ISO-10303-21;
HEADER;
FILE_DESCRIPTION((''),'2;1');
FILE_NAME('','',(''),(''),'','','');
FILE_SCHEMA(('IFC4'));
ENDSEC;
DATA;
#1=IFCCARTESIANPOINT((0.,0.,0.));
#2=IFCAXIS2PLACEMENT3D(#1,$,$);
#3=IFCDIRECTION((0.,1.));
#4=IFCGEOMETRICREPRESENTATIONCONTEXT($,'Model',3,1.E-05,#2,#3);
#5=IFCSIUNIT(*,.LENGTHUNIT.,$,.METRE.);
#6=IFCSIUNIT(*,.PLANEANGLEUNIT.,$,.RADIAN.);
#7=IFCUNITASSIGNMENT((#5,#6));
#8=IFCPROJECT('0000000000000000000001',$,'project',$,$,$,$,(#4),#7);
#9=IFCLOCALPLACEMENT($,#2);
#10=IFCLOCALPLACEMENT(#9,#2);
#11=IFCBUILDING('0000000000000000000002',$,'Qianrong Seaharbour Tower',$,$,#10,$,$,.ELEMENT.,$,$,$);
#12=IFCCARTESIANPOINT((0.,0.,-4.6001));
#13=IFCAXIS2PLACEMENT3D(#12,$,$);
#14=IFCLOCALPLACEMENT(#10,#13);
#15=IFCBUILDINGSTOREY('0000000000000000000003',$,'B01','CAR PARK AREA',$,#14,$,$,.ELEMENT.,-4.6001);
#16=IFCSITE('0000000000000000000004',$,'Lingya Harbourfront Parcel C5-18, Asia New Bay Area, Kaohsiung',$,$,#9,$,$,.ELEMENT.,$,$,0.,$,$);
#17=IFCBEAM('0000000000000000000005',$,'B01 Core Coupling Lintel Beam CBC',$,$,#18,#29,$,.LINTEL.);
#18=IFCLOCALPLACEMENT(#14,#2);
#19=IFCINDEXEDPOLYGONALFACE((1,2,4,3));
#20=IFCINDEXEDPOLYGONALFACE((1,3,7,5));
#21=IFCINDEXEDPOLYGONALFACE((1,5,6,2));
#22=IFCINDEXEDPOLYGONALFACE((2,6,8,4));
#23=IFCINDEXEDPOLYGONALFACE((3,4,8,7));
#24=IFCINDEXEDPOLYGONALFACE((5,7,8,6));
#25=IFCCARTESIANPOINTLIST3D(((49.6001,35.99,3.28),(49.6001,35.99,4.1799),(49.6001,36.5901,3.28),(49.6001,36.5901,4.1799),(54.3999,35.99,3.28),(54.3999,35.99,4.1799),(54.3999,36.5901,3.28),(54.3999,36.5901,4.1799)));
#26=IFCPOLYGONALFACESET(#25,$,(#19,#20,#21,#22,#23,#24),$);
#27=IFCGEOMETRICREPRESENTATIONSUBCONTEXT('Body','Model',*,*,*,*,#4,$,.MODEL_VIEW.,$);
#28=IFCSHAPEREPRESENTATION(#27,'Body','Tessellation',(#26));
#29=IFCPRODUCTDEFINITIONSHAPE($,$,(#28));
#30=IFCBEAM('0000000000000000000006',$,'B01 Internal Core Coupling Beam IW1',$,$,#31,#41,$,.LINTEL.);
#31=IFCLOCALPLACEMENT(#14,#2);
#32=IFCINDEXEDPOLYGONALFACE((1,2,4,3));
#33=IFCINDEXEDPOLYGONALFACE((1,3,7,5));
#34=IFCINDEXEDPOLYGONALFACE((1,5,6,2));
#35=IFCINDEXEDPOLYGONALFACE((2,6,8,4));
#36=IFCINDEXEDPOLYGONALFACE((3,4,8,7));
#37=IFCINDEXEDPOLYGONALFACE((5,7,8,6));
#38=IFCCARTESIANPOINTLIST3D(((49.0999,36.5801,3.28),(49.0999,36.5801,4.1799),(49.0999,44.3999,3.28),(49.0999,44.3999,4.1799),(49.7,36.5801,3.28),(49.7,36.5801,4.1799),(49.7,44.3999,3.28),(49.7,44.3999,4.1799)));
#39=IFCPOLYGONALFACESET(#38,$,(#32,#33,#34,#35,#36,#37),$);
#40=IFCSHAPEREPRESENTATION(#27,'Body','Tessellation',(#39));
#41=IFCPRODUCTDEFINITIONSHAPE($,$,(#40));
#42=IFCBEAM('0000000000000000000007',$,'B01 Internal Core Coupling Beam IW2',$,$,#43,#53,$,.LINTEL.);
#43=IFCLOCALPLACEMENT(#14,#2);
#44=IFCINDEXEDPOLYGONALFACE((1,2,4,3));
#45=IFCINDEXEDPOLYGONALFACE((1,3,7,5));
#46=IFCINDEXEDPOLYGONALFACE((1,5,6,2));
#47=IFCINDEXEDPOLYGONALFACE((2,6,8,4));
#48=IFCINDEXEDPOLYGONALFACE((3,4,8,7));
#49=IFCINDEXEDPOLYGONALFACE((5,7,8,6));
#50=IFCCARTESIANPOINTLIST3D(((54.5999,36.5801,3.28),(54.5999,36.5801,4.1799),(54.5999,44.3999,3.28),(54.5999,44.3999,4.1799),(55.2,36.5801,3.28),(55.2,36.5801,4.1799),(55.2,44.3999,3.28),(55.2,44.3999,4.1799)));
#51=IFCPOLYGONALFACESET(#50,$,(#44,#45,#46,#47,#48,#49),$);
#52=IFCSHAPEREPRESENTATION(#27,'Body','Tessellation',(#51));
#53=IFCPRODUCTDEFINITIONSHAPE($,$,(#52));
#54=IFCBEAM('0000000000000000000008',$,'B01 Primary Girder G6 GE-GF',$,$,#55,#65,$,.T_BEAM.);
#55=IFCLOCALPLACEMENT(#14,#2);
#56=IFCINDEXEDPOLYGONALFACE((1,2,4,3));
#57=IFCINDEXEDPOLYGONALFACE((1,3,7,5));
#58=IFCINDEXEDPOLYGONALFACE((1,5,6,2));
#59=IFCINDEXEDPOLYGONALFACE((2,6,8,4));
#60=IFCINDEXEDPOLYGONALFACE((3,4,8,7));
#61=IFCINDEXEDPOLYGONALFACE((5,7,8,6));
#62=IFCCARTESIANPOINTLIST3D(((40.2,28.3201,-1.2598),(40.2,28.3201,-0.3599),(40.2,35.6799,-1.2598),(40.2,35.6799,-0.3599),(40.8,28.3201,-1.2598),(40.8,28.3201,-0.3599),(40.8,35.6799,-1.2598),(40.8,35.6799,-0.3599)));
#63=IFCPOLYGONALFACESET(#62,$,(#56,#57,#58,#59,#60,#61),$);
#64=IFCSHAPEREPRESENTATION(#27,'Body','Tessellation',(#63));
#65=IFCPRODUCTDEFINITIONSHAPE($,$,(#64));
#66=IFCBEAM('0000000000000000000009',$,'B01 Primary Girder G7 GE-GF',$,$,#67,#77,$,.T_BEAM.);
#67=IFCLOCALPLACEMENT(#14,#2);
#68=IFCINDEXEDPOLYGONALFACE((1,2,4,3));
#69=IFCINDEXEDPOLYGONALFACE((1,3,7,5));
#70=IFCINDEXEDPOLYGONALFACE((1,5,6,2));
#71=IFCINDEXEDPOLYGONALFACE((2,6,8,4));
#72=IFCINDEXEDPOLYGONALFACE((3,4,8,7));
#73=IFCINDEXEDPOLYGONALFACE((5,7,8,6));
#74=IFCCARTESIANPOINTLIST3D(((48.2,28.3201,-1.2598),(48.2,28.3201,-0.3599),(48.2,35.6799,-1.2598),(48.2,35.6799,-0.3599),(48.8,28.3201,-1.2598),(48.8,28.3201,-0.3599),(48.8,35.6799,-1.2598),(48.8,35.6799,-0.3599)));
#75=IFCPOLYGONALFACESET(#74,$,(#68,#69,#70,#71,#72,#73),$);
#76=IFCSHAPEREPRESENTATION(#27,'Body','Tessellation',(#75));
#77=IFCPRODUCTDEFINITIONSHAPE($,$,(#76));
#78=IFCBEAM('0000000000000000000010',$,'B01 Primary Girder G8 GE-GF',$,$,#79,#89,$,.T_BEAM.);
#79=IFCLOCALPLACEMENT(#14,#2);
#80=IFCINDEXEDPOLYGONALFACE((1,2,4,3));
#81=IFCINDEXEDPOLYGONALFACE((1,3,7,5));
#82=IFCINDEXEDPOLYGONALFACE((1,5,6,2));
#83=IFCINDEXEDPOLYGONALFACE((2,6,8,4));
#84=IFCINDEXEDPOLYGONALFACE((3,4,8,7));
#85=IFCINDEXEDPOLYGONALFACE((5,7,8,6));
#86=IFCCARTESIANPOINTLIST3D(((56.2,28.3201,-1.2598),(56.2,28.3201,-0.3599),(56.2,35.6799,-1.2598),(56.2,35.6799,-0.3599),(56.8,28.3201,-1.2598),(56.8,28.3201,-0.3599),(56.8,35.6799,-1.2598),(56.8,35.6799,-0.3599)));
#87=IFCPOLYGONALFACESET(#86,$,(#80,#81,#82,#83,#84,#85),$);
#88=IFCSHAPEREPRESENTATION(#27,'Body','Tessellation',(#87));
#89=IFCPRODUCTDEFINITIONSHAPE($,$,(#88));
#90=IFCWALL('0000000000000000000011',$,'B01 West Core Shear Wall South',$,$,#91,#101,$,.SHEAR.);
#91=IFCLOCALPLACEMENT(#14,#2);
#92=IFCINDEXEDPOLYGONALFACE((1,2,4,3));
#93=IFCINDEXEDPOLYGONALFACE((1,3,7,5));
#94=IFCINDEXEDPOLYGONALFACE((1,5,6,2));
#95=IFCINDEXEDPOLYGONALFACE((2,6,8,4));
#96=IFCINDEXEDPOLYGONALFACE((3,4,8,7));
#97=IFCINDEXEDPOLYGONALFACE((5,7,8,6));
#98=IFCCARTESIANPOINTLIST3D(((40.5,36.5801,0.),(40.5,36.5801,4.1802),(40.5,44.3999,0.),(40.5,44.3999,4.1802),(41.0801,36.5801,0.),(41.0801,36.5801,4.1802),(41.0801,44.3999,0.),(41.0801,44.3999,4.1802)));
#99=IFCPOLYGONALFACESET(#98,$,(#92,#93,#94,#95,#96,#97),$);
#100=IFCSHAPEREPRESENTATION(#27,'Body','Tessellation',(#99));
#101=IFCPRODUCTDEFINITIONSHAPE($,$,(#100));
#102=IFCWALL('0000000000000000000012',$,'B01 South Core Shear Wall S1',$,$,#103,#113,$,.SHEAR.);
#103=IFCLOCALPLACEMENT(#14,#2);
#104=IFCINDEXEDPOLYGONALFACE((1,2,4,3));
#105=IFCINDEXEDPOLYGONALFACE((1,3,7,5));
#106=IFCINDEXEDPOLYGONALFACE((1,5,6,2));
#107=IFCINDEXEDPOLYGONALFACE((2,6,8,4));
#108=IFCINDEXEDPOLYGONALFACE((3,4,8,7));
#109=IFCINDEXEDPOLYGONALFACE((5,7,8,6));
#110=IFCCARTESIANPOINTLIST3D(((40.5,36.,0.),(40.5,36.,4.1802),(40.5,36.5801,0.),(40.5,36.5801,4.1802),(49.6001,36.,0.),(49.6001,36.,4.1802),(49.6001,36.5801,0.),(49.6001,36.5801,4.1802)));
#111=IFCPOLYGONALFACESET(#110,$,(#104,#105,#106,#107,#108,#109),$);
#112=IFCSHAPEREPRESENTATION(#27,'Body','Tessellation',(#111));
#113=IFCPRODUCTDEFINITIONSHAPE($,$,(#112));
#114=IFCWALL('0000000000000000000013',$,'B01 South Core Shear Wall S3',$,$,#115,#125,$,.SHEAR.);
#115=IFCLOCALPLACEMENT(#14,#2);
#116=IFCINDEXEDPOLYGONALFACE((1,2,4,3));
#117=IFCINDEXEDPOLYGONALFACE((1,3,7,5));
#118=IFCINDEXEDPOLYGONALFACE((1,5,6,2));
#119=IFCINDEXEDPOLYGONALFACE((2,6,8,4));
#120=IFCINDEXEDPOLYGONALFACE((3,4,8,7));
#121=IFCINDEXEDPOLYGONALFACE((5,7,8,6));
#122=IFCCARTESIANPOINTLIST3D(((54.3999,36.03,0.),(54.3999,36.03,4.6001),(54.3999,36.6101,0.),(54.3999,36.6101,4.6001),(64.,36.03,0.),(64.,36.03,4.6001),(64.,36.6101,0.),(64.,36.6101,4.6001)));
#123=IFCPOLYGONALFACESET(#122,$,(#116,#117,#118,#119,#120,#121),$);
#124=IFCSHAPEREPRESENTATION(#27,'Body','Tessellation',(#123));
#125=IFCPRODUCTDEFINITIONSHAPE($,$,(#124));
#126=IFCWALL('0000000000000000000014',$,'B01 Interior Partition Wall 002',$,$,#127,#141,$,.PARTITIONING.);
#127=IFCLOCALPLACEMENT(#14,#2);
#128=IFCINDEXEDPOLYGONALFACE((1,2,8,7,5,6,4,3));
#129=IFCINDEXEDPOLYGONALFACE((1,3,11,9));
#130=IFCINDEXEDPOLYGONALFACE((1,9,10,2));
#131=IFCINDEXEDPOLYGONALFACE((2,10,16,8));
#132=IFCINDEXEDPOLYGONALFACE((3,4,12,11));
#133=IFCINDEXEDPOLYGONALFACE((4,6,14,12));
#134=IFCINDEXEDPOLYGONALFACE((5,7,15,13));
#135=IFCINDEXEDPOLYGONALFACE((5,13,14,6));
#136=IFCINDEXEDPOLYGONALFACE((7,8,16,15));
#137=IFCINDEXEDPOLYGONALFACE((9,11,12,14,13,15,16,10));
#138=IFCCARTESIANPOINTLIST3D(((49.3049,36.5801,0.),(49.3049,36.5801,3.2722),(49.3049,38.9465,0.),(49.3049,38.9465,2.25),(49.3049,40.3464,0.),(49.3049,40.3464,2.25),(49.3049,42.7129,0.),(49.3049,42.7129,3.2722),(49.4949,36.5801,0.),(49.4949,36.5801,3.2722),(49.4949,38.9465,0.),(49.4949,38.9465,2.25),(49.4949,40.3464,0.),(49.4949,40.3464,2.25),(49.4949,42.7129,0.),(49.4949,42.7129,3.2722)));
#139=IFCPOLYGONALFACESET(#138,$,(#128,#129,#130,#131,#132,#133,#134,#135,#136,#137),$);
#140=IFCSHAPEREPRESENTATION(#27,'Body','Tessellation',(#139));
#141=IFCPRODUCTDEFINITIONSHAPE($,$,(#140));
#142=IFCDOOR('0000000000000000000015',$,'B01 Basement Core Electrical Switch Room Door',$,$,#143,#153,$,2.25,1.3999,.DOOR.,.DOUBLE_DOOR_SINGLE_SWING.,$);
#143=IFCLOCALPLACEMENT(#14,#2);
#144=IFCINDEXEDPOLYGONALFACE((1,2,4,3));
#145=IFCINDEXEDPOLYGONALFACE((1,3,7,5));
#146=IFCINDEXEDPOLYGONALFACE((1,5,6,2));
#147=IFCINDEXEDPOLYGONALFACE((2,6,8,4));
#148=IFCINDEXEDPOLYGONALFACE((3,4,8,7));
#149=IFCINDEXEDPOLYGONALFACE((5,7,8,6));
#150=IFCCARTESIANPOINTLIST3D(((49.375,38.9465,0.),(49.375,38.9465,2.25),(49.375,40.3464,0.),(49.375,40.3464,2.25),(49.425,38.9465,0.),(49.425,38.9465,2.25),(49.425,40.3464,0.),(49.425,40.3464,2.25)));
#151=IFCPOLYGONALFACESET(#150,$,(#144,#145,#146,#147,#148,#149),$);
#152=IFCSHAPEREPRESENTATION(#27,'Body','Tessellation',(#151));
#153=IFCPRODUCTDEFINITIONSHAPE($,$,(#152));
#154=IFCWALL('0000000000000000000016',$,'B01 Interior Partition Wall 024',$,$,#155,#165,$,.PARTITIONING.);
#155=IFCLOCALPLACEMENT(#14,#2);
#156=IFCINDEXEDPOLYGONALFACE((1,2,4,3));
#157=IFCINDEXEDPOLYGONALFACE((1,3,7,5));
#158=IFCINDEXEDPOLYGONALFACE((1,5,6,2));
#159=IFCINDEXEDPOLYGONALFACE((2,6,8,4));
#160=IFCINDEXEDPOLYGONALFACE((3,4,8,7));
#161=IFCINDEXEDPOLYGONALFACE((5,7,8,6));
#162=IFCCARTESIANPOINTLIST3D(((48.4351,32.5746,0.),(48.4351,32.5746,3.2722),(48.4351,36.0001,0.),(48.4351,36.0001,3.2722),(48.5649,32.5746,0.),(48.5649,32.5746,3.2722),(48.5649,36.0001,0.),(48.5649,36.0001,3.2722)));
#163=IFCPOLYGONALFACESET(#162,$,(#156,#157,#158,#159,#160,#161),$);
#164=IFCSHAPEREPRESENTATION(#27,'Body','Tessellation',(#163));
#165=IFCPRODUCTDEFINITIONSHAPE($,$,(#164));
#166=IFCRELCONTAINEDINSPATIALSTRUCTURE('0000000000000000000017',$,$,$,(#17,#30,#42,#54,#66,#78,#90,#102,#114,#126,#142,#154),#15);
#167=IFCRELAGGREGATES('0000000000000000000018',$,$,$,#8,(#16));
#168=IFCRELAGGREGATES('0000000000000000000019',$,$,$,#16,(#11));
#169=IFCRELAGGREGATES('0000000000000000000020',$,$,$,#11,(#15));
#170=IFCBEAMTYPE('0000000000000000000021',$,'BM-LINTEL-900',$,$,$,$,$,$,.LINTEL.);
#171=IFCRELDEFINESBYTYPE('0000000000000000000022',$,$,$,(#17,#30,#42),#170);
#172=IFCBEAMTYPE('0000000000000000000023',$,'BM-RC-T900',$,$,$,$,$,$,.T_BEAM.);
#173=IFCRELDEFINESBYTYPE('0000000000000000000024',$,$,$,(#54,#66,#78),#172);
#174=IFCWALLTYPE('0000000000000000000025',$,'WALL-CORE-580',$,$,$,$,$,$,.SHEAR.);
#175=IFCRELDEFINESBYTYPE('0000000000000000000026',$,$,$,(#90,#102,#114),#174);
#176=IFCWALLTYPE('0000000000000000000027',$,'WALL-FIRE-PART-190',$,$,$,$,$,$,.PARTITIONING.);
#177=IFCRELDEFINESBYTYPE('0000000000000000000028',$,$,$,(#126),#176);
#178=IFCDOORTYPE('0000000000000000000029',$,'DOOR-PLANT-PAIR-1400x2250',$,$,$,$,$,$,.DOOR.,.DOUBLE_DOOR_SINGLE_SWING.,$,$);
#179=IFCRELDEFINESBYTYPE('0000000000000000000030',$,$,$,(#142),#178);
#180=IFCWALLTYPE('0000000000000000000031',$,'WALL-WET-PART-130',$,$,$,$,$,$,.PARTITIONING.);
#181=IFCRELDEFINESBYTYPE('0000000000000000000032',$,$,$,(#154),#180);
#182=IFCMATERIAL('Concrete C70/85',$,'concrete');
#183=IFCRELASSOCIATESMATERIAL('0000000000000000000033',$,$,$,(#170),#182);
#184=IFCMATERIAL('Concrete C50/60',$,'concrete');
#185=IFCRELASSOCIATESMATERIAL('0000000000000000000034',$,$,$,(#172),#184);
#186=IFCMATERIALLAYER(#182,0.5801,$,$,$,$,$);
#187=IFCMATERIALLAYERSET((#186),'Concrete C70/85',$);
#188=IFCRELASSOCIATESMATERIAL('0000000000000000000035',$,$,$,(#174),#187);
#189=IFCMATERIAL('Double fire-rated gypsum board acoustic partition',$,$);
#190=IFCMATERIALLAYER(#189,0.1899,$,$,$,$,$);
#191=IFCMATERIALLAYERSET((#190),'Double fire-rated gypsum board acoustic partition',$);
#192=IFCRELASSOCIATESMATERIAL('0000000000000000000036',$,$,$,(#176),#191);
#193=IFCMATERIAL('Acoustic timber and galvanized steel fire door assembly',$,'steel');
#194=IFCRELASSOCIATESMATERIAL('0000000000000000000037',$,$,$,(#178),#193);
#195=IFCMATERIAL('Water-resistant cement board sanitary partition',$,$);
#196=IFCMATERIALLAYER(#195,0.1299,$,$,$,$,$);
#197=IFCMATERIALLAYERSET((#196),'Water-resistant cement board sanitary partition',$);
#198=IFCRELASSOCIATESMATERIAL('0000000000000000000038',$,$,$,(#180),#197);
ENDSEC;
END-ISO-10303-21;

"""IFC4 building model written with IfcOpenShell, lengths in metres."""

from ifc_helpers import new_model, si_unit, direction, frame, frame_2d, origin, origin_2d, place, context, subcontext, project, spatial, rectangle, extrude, material, layer, layer_set, material_profile, profile_set, type_object, element, fill, save


model = new_model("IFC4")

# Units and contexts
model_context = context("Model", 3, precision=1e-05, world=origin(), true_north=direction((0.0, 1.0)))
body_context = subcontext(model_context, "Body", "Model", "MODEL_VIEW")
ifc_project = project(units=[si_unit("LENGTHUNIT", "METRE"), si_unit("PLANEANGLEUNIT", "RADIAN")], contexts=[model_context])

# Site, building, storey
site_placement = place(None, origin())
site = spatial("IfcSite", under=ifc_project, at=site_placement, Name="Lingya Harbourfront Parcel C5-18, Asia New Bay Area, Kaohsiung", CompositionType="ELEMENT", RefElevation=0.0)
building_placement = place(site_placement, origin())
building = spatial("IfcBuilding", under=site, at=building_placement, Name="Qianrong Seaharbour Tower", CompositionType="ELEMENT")
storey_placement = place(building_placement, frame((0.0, 0.0, -4.6001)))
storey = spatial("IfcBuildingStorey", under=building, at=storey_placement, Name="B01", Description="CAR PARK AREA", CompositionType="ELEMENT", Elevation=-4.6001)

# Shared definitions
ifc_material_1 = material(Name="Concrete C70/85", Category="concrete")

# Beams
ifc_material_profile_1 = material_profile(ifc_material_1, rectangle(XDim=0.6001, YDim=0.8999, at=origin_2d()), Name="RC600x900")
ifc_profile_set_1 = profile_set([ifc_material_profile_1], Name="Concrete C70/85")
beam_type_1 = type_object("IfcBeamType", Name="BM-LINTEL-900", PredefinedType="LINTEL", material=ifc_profile_set_1)
beam_1_placement = place(storey_placement, frame((49.6001, 36.29, 3.73), z_axis=(1.0, 0.0, 0.0), x_axis=(0.0, 1.0, 0.0)))
element("IfcBeam", 1, at=beam_1_placement, inside=storey, type_object=beam_type_1, Name="B01 Core Coupling Lintel Beam CBC", PredefinedType="LINTEL", context=body_context, shape_type="SweptSolid", body=[
    extrude(rectangle(XDim=0.6001, YDim=0.8999, at=origin_2d()), origin(), (0.0, 0.0, 1.0), 4.7998),
])
for number, where, z_axis, x_axis, name in (
    (2, (49.3999, 36.5801, 3.73), (0.0, 1.0, 0.0), (-1.0, 0.0, 0.0), "B01 Internal Core Coupling Beam IW1"),
    (3, (54.8999, 36.5801, 3.73), (0.0, 1.0, 0.0), (-1.0, 0.0, 0.0), "B01 Internal Core Coupling Beam IW2"),
):
    element("IfcBeam", number, at=place(storey_placement, frame(where, z_axis=z_axis, x_axis=x_axis)), inside=storey, type_object=beam_type_1, Name=name, PredefinedType="LINTEL", context=body_context, shape_type="SweptSolid", body=[
        extrude(rectangle(XDim=0.6001, YDim=0.8999, at=origin_2d()), origin(), (0.0, 0.0, 1.0), 7.8198),
    ])
ifc_material_2 = material(Name="Concrete C50/60", Category="concrete")
ifc_material_profile_2 = material_profile(ifc_material_2, rectangle(XDim=0.6001, YDim=0.8999, at=origin_2d()), Name="RC600x900")
ifc_profile_set_2 = profile_set([ifc_material_profile_2], Name="Concrete C50/60")
beam_type_2 = type_object("IfcBeamType", Name="BM-RC-T900", PredefinedType="T_BEAM", material=ifc_profile_set_2)
for number, where, z_axis, x_axis, name in (
    (4, (40.5, 28.3201, -0.8098), (0.0, 1.0, 0.0), (-1.0, 0.0, 0.0), "B01 Primary Girder G6 GE-GF"),
    (5, (48.5, 28.3201, -0.8098), (0.0, 1.0, 0.0), (-1.0, 0.0, 0.0), "B01 Primary Girder G7 GE-GF"),
    (6, (56.5, 28.3201, -0.8098), (0.0, 1.0, 0.0), (-1.0, 0.0, 0.0), "B01 Primary Girder G8 GE-GF"),
):
    element("IfcBeam", number, at=place(storey_placement, frame(where, z_axis=z_axis, x_axis=x_axis)), inside=storey, type_object=beam_type_2, Name=name, PredefinedType="T_BEAM", context=body_context, shape_type="SweptSolid", body=[
        extrude(rectangle(XDim=0.6001, YDim=0.8999, at=origin_2d()), origin(), (0.0, 0.0, 1.0), 7.3599),
    ])

# Walls
ifc_layer_1 = layer(ifc_material_1, 0.5801)
ifc_layer_set_1 = layer_set([ifc_layer_1], Name="Concrete C70/85")
wall_type_1 = type_object("IfcWallType", Name="WALL-CORE-580", PredefinedType="SHEAR", material=ifc_layer_set_1)
wall_1_placement = place(storey_placement, frame((40.79, 36.5801, 0.0), z_axis=(0.0, 0.0, 1.0), x_axis=(0.0, 1.0, 0.0)))
element("IfcWall", 7, at=wall_1_placement, inside=storey, type_object=wall_type_1, Name="B01 West Core Shear Wall South", PredefinedType="SHEAR", context=body_context, shape_type="SweptSolid", body=[
    extrude(rectangle(XDim=7.8198, YDim=0.5801, at=frame_2d((3.9099, 0.0))), origin(), (0.0, 0.0, 1.0), 4.1802),
])
wall_2_placement = place(storey_placement, frame((40.5, 36.29, 0.0), z_axis=(0.0, 0.0, 1.0), x_axis=(1.0, 0.0, 0.0)))
element("IfcWall", 8, at=wall_2_placement, inside=storey, type_object=wall_type_1, Name="B01 South Core Shear Wall S1", PredefinedType="SHEAR", context=body_context, shape_type="SweptSolid", body=[
    extrude(rectangle(XDim=9.1001, YDim=0.5801, at=frame_2d((4.55, 0.0))), origin(), (0.0, 0.0, 1.0), 4.1802),
])
wall_3_placement = place(storey_placement, frame((54.3999, 36.3201, 0.0), z_axis=(0.0, 0.0, 1.0), x_axis=(1.0, 0.0, 0.0)))
element("IfcWall", 9, at=wall_3_placement, inside=storey, type_object=wall_type_1, Name="B01 South Core Shear Wall S3", PredefinedType="SHEAR", context=body_context, shape_type="SweptSolid", body=[
    extrude(rectangle(XDim=9.6001, YDim=0.5801, at=frame_2d((4.8, 0.0))), origin(), (0.0, 0.0, 1.0), 4.6001),
])

# Wall, opening, door
ifc_material_3 = material(Name="Double fire-rated gypsum board acoustic partition")
ifc_layer_2 = layer(ifc_material_3, 0.1899)
ifc_layer_set_2 = layer_set([ifc_layer_2], Name="Double fire-rated gypsum board acoustic partition")
wall_type_2 = type_object("IfcWallType", Name="WALL-FIRE-PART-190", PredefinedType="PARTITIONING", material=ifc_layer_set_2)
wall_4_placement = place(storey_placement, frame((49.3999, 36.5801, 0.0), z_axis=(0.0, 0.0, 1.0), x_axis=(0.0, 1.0, 0.0)))
wall_4 = element("IfcWall", 10, at=wall_4_placement, inside=storey, type_object=wall_type_2, Name="B01 Interior Partition Wall 002", PredefinedType="PARTITIONING", context=body_context, shape_type="SweptSolid", body=[
    extrude(rectangle(XDim=6.1328, YDim=0.1899, at=frame_2d((3.0664, 0.0))), origin(), (0.0, 0.0, 1.0), 3.2722),
])
opening_1_placement = place(wall_4_placement, frame((2.3665, 0.0, 0.0)))
opening_1 = element("IfcOpeningElement", 11, at=opening_1_placement, cuts=wall_4, PredefinedType="OPENING", context=body_context, shape_type="SweptSolid", body=[
    extrude(rectangle(XDim=1.3999, YDim=2.25, at=frame_2d((0.7, 1.125))), frame((0.0, 0.105, 0.0), z_axis=(0.0, -1.0, 0.0), x_axis=(1.0, 0.0, 0.0)), (0.0, 0.0, 1.0), 0.21),
])
ifc_material_4 = material(Name="Acoustic timber and galvanized steel fire door assembly", Category="steel")
door_type_1 = type_object("IfcDoorType", Name="DOOR-PLANT-PAIR-1400x2250", OperationType="DOUBLE_DOOR_SINGLE_SWING", PredefinedType="DOOR", material=ifc_material_4)
door_1_placement = place(opening_1_placement, origin())
door_1 = element("IfcDoor", 12, at=door_1_placement, inside=storey, type_object=door_type_1, Name="B01 Basement Core Electrical Switch Room Door", OperationType="DOUBLE_DOOR_SINGLE_SWING", OverallHeight=2.25, OverallWidth=1.3999, PredefinedType="DOOR", context=body_context, shape_type="SweptSolid", body=[
    extrude(rectangle(XDim=1.3999, YDim=2.25, at=frame_2d((0.7, 1.125))), frame((0.0, 0.0249, 0.0), z_axis=(0.0, -1.0, 0.0), x_axis=(1.0, 0.0, 0.0)), (0.0, 0.0, 1.0), 0.05),
])
fill(opening_1, door_1)

# Wall
ifc_material_5 = material(Name="Water-resistant cement board sanitary partition")
ifc_layer_3 = layer(ifc_material_5, 0.1299)
ifc_layer_set_3 = layer_set([ifc_layer_3], Name="Water-resistant cement board sanitary partition")
wall_type_3 = type_object("IfcWallType", Name="WALL-WET-PART-130", PredefinedType="PARTITIONING", material=ifc_layer_set_3)
wall_5_placement = place(storey_placement, frame((48.5, 32.5745, 0.0), z_axis=(0.0, 0.0, 1.0), x_axis=(0.0, 1.0, 0.0)))
element("IfcWall", 13, at=wall_5_placement, inside=storey, type_object=wall_type_3, Name="B01 Interior Partition Wall 024", PredefinedType="PARTITIONING", context=body_context, shape_type="SweptSolid", body=[
    extrude(rectangle(XDim=3.4255, YDim=0.1299, at=frame_2d((1.7129, 0.0))), origin(), (0.0, 0.0, 1.0), 3.2722),
])

save(model, "model.ifc")
